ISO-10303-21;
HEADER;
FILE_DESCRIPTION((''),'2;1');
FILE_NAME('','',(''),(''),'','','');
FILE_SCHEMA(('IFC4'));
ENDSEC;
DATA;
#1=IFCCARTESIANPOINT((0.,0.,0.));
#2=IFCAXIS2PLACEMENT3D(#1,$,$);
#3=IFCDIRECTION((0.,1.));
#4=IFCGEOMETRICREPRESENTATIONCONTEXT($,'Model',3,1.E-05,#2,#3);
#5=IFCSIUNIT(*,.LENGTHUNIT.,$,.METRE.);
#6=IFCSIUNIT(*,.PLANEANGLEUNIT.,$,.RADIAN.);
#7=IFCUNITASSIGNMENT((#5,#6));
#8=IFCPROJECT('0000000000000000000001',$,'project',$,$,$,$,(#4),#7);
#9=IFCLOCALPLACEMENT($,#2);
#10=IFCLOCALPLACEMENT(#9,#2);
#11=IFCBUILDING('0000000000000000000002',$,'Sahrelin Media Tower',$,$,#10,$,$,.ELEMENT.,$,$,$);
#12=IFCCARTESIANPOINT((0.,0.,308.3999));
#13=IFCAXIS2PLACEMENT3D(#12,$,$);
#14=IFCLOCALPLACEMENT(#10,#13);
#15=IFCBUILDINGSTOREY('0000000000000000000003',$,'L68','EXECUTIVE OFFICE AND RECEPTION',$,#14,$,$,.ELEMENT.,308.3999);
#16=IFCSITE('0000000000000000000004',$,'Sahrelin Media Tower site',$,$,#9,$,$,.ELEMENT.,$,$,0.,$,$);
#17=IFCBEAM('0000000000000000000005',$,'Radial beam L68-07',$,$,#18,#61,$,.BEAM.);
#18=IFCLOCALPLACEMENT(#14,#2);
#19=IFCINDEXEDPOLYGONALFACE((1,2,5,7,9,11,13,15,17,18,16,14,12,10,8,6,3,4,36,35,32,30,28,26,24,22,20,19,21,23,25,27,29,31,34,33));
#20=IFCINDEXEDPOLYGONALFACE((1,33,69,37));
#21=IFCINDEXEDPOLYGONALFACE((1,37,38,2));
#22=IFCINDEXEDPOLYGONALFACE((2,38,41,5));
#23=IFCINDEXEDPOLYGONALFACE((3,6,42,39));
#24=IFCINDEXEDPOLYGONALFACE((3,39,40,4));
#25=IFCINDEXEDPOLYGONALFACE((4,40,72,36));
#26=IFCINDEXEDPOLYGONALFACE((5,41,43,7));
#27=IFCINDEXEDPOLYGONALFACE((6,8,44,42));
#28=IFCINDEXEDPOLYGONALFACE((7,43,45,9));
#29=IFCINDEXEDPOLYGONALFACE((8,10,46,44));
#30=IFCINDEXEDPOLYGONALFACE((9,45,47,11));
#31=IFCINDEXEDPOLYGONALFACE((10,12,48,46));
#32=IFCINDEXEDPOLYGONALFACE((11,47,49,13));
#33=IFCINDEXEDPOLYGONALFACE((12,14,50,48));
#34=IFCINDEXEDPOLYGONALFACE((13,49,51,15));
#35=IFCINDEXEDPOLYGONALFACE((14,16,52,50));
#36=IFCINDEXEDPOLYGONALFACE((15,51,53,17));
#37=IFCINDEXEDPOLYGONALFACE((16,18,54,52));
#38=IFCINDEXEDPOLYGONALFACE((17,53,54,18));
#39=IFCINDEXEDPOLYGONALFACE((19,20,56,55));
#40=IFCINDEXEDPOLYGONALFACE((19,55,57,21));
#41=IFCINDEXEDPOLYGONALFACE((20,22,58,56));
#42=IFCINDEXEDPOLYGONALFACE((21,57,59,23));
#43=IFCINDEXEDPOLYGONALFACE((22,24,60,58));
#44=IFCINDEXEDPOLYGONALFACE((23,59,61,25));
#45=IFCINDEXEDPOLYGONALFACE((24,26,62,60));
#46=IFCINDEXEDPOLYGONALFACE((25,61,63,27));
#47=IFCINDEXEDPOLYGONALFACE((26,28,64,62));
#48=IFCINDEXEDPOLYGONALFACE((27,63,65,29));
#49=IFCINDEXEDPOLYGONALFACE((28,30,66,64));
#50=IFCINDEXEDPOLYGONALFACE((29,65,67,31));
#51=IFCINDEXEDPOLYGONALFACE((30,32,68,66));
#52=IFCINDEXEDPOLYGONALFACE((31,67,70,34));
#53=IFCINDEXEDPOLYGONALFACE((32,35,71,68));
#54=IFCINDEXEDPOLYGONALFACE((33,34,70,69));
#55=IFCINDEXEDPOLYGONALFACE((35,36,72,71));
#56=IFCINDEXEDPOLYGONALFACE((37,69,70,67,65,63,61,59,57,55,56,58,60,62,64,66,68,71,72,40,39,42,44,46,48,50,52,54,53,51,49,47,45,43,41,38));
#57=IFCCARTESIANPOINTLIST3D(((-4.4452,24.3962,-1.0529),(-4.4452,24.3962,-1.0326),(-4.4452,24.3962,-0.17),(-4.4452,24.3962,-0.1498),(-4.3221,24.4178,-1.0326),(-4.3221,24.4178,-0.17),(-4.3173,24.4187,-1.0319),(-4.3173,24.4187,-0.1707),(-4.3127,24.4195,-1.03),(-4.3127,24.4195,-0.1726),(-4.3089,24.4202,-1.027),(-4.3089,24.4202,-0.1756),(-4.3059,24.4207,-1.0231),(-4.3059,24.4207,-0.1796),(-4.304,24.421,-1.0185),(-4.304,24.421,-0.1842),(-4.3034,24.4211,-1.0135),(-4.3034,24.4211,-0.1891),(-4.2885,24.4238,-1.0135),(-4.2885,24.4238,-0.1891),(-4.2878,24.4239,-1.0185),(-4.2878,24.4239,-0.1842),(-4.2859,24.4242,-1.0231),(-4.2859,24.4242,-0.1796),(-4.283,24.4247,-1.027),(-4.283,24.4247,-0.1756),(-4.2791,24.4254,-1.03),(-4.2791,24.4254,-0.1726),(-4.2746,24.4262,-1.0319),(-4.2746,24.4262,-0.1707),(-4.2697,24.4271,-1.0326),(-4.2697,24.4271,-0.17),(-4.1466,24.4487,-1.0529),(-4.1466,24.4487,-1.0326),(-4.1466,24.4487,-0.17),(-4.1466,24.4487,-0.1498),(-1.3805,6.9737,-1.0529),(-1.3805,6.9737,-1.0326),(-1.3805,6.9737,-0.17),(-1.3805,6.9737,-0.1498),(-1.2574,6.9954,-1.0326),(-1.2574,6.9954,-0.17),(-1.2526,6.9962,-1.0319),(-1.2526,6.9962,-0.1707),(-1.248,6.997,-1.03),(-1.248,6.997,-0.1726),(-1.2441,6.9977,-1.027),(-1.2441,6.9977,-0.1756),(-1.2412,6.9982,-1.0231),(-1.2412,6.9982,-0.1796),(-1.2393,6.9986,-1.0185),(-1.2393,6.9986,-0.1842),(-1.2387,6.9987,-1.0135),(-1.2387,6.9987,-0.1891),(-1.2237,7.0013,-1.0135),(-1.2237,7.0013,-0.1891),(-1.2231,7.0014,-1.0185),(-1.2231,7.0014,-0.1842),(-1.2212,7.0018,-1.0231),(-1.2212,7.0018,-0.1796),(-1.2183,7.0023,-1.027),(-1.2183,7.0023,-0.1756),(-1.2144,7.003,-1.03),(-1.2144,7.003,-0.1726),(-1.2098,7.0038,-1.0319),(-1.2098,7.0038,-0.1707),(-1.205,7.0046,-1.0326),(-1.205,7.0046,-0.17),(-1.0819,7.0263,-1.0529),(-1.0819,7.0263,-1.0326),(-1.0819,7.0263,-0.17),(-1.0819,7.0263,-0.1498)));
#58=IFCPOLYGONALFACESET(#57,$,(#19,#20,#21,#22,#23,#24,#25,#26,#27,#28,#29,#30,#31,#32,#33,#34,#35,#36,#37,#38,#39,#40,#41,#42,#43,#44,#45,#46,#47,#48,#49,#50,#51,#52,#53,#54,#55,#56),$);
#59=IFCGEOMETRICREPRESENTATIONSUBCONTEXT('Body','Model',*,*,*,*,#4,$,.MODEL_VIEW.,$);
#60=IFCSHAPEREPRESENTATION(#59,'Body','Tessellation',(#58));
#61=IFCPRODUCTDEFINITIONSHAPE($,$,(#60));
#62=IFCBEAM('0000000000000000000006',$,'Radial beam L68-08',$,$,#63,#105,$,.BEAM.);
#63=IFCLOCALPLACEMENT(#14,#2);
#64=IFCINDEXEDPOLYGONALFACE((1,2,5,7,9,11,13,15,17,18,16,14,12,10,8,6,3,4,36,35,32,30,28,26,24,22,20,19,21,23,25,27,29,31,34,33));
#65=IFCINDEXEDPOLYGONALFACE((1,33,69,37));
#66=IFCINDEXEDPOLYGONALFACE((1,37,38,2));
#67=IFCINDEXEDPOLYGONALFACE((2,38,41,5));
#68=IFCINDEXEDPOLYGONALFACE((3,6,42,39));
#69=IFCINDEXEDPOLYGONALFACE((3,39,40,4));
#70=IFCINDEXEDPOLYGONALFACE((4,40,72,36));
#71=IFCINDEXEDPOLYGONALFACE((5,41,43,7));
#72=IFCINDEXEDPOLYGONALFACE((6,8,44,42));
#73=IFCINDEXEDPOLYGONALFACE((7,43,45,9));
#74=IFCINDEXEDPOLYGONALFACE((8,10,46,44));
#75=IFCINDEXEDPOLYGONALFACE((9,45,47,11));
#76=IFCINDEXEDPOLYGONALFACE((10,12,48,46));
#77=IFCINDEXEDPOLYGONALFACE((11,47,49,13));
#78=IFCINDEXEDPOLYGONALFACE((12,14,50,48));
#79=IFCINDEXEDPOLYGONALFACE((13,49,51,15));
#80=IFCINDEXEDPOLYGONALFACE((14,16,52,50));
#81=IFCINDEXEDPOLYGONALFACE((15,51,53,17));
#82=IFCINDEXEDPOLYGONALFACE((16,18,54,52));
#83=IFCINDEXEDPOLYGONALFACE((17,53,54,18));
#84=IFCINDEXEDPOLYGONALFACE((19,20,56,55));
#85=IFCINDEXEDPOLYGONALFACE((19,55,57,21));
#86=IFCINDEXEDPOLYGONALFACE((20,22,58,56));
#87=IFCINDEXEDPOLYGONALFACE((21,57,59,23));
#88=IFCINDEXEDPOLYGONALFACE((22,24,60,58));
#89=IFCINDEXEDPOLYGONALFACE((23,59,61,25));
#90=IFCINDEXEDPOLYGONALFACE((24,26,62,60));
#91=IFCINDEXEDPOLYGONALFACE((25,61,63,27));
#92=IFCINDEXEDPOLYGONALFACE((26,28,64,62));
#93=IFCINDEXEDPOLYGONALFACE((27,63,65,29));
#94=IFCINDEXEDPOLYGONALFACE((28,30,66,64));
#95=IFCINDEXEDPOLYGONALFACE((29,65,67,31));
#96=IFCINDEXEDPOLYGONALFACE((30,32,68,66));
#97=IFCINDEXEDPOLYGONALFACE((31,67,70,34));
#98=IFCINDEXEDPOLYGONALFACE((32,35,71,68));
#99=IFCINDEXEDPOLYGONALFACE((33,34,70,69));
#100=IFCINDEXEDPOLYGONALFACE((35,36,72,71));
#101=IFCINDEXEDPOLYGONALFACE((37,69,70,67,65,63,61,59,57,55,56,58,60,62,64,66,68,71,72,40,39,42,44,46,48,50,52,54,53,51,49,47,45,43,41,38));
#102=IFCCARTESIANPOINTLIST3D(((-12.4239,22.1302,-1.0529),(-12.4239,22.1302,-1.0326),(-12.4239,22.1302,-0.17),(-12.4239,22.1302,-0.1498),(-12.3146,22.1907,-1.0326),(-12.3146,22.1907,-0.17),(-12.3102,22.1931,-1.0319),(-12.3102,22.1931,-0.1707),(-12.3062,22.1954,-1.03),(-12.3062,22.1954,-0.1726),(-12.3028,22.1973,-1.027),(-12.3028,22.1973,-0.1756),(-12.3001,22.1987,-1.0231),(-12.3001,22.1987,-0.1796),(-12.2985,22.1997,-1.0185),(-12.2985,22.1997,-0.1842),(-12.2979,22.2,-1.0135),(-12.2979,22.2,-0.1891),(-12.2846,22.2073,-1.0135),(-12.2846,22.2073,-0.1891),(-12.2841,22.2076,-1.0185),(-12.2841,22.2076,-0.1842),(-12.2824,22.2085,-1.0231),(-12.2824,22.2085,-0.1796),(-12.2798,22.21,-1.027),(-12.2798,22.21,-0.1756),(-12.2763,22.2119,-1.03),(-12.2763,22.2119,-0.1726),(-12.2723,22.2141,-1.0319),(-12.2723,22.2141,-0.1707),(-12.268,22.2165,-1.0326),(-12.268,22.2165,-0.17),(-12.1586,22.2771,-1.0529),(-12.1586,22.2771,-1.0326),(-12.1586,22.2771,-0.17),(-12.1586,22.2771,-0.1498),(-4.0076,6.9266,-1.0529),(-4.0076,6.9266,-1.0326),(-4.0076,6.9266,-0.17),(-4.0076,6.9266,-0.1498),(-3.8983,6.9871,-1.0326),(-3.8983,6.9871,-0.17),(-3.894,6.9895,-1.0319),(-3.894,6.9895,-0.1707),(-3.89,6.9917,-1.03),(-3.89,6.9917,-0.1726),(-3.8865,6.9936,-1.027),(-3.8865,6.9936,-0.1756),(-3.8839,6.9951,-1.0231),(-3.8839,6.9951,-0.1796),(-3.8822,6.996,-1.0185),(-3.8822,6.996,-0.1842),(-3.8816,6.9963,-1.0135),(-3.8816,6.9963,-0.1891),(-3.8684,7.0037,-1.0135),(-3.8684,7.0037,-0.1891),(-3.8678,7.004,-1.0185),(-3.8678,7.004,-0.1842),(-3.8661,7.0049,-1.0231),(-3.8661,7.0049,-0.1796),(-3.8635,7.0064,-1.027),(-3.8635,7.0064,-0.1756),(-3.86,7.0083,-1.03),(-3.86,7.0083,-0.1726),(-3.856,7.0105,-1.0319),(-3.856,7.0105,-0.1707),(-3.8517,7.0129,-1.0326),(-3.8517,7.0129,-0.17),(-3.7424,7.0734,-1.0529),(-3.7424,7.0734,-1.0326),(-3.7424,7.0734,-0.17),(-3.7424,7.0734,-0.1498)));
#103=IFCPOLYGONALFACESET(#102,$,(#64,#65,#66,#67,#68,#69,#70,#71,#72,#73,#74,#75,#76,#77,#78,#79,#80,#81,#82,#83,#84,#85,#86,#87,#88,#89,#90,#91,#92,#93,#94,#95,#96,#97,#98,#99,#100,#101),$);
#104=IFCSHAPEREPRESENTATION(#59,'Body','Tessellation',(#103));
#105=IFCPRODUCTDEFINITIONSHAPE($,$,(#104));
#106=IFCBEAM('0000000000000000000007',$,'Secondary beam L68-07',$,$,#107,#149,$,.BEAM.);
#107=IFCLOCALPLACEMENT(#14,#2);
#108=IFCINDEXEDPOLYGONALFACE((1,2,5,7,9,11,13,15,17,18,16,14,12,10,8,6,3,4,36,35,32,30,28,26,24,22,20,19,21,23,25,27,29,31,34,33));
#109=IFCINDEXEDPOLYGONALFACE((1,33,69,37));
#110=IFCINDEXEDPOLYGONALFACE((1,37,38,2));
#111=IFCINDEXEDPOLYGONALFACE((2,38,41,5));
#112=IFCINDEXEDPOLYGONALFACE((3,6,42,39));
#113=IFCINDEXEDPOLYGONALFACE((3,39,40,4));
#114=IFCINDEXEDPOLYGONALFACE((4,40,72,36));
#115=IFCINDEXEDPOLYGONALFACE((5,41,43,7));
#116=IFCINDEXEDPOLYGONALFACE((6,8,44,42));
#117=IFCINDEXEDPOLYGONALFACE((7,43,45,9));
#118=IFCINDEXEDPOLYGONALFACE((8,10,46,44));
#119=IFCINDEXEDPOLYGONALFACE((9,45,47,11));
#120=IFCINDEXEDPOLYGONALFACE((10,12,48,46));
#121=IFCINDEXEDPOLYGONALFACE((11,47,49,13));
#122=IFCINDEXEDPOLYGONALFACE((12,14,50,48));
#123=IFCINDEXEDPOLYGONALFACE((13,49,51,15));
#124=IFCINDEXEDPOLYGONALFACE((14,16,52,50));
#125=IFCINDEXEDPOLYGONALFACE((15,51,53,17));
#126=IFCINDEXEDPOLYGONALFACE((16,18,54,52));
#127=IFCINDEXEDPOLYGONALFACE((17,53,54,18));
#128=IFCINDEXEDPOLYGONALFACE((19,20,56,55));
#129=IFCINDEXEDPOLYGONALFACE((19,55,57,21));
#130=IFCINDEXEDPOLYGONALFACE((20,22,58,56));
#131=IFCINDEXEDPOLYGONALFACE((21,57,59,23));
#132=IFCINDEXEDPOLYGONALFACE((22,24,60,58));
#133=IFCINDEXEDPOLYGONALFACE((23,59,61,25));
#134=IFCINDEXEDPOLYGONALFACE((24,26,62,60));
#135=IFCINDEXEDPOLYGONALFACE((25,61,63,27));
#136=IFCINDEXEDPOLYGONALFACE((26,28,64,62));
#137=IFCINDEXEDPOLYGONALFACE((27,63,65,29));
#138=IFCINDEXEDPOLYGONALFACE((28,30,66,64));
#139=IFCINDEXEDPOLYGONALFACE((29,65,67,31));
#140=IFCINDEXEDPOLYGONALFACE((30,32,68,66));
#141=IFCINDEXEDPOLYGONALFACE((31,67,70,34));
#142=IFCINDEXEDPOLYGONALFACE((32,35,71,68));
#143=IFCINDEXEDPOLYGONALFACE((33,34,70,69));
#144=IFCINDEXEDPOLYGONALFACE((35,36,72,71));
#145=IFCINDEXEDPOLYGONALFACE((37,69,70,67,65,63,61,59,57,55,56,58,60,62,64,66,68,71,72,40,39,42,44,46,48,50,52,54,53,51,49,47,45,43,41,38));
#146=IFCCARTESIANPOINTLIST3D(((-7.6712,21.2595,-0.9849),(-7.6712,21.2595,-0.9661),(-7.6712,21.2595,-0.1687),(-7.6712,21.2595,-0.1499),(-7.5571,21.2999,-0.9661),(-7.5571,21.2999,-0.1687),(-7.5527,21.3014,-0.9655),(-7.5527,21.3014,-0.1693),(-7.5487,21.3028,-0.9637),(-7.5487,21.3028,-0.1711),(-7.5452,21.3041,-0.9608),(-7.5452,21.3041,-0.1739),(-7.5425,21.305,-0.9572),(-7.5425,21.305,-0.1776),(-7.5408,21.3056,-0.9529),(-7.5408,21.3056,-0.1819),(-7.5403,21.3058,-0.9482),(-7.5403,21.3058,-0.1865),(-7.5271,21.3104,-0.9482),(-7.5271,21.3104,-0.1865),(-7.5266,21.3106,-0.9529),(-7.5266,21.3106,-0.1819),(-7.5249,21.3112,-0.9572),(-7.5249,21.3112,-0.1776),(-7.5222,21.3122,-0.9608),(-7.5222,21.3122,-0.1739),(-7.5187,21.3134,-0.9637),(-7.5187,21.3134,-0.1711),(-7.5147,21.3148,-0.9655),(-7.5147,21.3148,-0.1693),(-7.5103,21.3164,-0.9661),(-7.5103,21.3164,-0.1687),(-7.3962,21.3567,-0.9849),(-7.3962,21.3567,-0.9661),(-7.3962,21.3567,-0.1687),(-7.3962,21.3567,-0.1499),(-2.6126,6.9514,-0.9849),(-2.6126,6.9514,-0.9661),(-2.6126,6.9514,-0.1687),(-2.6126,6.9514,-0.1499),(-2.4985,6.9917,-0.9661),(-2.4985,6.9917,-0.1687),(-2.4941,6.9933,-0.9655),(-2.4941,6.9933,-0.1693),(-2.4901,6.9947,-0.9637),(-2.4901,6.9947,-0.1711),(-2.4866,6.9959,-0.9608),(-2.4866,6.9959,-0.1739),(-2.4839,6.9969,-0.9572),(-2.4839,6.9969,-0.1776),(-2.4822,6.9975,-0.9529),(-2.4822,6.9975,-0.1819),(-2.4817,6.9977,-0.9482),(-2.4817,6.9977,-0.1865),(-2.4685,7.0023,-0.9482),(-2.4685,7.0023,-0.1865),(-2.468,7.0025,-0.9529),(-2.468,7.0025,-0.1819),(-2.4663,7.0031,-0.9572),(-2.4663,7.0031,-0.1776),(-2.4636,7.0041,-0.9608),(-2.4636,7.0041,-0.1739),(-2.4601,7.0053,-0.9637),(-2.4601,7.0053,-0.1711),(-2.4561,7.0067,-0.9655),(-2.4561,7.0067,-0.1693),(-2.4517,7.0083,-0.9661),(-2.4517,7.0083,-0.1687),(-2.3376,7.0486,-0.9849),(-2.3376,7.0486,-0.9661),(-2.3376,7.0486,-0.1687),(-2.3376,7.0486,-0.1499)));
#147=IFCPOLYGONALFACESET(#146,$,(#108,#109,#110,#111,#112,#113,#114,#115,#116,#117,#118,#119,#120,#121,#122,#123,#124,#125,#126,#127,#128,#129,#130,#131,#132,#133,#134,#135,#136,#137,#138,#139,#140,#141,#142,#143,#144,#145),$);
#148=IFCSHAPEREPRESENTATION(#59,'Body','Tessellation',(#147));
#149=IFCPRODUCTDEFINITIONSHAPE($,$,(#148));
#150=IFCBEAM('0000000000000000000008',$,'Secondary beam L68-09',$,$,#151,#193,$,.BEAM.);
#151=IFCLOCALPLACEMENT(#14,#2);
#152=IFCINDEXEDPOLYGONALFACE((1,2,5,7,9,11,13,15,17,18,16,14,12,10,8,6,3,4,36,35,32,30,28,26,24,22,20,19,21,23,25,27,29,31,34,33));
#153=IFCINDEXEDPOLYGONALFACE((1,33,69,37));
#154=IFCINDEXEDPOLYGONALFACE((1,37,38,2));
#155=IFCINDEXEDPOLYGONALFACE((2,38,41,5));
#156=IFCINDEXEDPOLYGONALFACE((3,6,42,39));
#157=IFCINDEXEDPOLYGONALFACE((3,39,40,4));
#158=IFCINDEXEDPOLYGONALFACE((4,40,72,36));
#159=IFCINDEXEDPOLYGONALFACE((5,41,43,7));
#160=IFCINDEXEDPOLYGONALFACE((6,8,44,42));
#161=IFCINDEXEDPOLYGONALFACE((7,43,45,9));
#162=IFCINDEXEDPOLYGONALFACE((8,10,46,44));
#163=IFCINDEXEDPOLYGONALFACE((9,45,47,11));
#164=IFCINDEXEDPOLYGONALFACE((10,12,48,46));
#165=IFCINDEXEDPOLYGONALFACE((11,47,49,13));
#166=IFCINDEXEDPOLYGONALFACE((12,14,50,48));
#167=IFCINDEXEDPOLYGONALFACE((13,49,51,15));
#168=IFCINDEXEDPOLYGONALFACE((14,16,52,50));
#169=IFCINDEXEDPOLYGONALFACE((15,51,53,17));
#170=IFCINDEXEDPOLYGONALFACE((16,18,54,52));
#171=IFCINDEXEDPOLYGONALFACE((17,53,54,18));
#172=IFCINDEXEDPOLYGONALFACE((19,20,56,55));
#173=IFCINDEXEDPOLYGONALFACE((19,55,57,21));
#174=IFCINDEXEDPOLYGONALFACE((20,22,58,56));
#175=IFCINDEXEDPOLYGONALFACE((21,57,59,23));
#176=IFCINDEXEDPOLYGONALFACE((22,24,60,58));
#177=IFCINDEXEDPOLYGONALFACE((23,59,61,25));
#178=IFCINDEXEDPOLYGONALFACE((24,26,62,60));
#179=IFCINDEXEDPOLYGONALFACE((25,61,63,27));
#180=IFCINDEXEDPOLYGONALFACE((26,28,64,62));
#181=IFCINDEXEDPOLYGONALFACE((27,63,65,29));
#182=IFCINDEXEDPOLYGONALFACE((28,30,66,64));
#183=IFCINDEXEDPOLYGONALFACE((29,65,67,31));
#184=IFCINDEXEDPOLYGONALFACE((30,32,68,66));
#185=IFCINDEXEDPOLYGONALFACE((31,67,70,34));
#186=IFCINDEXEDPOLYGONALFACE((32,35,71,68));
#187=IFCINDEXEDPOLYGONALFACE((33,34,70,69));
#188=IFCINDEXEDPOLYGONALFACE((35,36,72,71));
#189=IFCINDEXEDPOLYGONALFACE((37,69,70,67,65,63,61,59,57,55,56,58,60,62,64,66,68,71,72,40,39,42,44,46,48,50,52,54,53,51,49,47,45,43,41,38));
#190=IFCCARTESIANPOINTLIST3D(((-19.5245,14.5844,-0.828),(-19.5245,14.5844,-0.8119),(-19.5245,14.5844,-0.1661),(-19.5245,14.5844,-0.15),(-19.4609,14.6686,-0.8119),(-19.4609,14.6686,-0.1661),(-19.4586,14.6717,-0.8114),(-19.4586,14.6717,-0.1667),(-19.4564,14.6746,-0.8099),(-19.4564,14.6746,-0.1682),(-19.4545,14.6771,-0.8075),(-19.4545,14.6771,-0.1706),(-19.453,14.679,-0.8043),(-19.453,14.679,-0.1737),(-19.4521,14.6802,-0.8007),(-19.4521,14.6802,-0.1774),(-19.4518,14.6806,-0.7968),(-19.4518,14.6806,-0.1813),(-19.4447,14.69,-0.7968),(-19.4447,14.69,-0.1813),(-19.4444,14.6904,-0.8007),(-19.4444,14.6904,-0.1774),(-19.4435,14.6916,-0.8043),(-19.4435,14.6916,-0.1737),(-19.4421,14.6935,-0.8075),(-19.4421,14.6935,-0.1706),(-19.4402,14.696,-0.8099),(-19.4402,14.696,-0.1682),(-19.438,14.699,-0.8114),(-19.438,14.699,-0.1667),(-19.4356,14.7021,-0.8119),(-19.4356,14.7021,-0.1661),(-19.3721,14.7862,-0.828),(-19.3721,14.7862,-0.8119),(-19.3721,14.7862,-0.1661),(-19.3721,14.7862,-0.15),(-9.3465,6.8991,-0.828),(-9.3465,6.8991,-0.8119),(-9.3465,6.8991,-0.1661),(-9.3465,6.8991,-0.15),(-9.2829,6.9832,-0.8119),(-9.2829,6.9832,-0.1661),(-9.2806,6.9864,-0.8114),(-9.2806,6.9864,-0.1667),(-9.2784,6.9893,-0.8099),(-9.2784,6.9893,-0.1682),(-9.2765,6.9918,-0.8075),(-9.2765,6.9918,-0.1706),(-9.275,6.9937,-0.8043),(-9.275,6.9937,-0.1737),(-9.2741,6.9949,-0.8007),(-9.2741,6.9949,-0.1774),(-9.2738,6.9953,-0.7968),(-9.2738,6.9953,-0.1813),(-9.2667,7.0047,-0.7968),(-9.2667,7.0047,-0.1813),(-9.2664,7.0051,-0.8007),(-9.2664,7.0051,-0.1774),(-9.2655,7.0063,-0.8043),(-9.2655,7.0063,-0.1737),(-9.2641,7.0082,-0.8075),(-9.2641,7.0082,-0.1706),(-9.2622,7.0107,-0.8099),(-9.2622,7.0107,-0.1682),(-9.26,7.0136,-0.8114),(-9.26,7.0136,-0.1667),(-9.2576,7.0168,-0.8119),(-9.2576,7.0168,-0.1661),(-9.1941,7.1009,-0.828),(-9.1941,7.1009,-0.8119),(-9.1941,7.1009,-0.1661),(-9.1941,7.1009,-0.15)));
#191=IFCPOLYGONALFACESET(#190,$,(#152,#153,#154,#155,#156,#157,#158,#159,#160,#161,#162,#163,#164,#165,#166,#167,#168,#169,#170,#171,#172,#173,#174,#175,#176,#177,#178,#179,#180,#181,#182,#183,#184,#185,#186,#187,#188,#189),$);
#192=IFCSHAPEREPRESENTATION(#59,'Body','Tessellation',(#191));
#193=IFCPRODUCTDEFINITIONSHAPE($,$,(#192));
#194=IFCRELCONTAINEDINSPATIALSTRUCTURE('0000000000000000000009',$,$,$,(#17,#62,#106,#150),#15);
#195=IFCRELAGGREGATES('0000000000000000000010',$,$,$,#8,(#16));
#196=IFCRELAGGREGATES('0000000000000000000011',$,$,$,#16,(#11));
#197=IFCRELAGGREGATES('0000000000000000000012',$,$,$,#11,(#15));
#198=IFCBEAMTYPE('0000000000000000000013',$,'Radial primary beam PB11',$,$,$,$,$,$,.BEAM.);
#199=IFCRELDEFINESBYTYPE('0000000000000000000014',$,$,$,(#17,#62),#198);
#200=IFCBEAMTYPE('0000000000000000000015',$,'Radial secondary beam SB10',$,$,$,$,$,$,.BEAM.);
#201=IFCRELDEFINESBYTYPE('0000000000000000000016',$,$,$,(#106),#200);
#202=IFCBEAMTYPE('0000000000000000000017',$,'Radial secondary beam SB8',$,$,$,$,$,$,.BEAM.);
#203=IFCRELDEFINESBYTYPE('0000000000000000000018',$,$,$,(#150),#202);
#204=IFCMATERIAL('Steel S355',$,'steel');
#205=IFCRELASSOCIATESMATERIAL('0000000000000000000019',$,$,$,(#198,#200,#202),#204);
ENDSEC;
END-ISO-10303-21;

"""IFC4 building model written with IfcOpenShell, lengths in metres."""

from ifc_helpers import new_model, si_unit, direction, frame, origin, origin_2d, place, context, subcontext, project, spatial, i_section, extrude, material, material_profile, profile_set, type_object, element, save


model = new_model("IFC4")

# Units and contexts
model_context = context("Model", 3, precision=1e-05, world=origin(), true_north=direction((0.0, 1.0)))
body_context = subcontext(model_context, "Body", "Model", "MODEL_VIEW")
ifc_project = project(units=[si_unit("LENGTHUNIT", "METRE"), si_unit("PLANEANGLEUNIT", "RADIAN")], contexts=[model_context])

# Site, building, storey
site_placement = place(None, origin())
site = spatial("IfcSite", under=ifc_project, at=site_placement, Name="Sahrelin Media Tower site", CompositionType="ELEMENT", RefElevation=0.0)
building_placement = place(site_placement, origin())
building = spatial("IfcBuilding", under=site, at=building_placement, Name="Sahrelin Media Tower", CompositionType="ELEMENT")
storey_placement = place(building_placement, frame((0.0, 0.0, 308.3999)))
storey = spatial("IfcBuildingStorey", under=building, at=storey_placement, Name="L68", Description="EXECUTIVE OFFICE AND RECEPTION", CompositionType="ELEMENT", Elevation=308.3999)

# Shared definitions
ifc_material_1 = material(Name="Steel S355", Category="steel")

# Beams
ifc_material_profile_1 = material_profile(ifc_material_1, i_section(OverallWidth=0.3032, OverallDepth=0.9031, WebThickness=0.0151, FlangeThickness=0.0203, FilletRadius=0.019, at=origin_2d()), Name="UB 914x305x201")
ifc_profile_set_1 = profile_set([ifc_material_profile_1], Name="Steel S355")
beam_type_1 = type_object("IfcBeamType", Name="Radial primary beam PB11", PredefinedType="BEAM", material=ifc_profile_set_1)
beam_1_placement = place(storey_placement, frame((-1.2312, 7.0, -0.6013), z_axis=(-0.173246, 0.984879, 0.0), x_axis=(-0.984879, -0.173246, 0.0)))
element("IfcBeam", 1, at=beam_1_placement, inside=storey, type_object=beam_type_1, Name="Radial beam L68-07", PredefinedType="BEAM", context=body_context, shape_type="SweptSolid", body=[
    extrude(i_section(OverallWidth=0.3032, OverallDepth=0.9031, WebThickness=0.0151, FlangeThickness=0.0203, FilletRadius=0.019, at=origin_2d()), origin(), (0.0, 0.0, 1.0), 17.6899),
])
beam_2_placement = place(storey_placement, frame((-3.875, 7.0, -0.6013), z_axis=(-0.484315, 0.874894, 0.0), x_axis=(-0.874894, -0.484315, 0.0)))
element("IfcBeam", 2, at=beam_2_placement, inside=storey, type_object=beam_type_1, Name="Radial beam L68-08", PredefinedType="BEAM", context=body_context, shape_type="SweptSolid", body=[
    extrude(i_section(OverallWidth=0.3032, OverallDepth=0.9031, WebThickness=0.0151, FlangeThickness=0.0203, FilletRadius=0.019, at=origin_2d()), origin(), (0.0, 0.0, 1.0), 17.3777),
])
ifc_material_profile_2 = material_profile(ifc_material_1, i_section(OverallWidth=0.2917, OverallDepth=0.835, WebThickness=0.0139, FlangeThickness=0.0188, FilletRadius=0.0178, at=origin_2d()), Name="UB 838x292x176")
ifc_profile_set_2 = profile_set([ifc_material_profile_2], Name="Steel S355")
beam_type_2 = type_object("IfcBeamType", Name="Radial secondary beam SB10", PredefinedType="BEAM", material=ifc_profile_set_2)
beam_3_placement = place(storey_placement, frame((-2.4751, 7.0, -0.5674), z_axis=(-0.333328, 0.942811, 0.0), x_axis=(-0.942811, -0.333328, 0.0)))
element("IfcBeam", 3, at=beam_3_placement, inside=storey, type_object=beam_type_2, Name="Secondary beam L68-07", PredefinedType="BEAM", context=body_context, shape_type="SweptSolid", body=[
    extrude(i_section(OverallWidth=0.2917, OverallDepth=0.835, WebThickness=0.0139, FlangeThickness=0.0188, FilletRadius=0.0178, at=origin_2d()), origin(), (0.0, 0.0, 1.0), 15.176),
])
ifc_material_profile_3 = material_profile(ifc_material_1, i_section(OverallWidth=0.2529, OverallDepth=0.678, WebThickness=0.0117, FlangeThickness=0.0161, FilletRadius=0.0151, at=origin_2d()), Name="UB 686x254x125")
ifc_profile_set_3 = profile_set([ifc_material_profile_3], Name="Steel S355")
beam_type_3 = type_object("IfcBeamType", Name="Radial secondary beam SB8", PredefinedType="BEAM", material=ifc_profile_set_3)
beam_4_placement = place(storey_placement, frame((-9.2703, 7.0, -0.489), z_axis=(-0.798046, 0.602597, 0.0), x_axis=(-0.602597, -0.798046, 0.0)))
element("IfcBeam", 4, at=beam_4_placement, inside=storey, type_object=beam_type_3, Name="Secondary beam L68-09", PredefinedType="BEAM", context=body_context, shape_type="SweptSolid", body=[
    extrude(i_section(OverallWidth=0.2529, OverallDepth=0.678, WebThickness=0.0117, FlangeThickness=0.0161, FilletRadius=0.0151, at=origin_2d()), origin(), (0.0, 0.0, 1.0), 12.7537),
])

save(model, "model.ifc")
